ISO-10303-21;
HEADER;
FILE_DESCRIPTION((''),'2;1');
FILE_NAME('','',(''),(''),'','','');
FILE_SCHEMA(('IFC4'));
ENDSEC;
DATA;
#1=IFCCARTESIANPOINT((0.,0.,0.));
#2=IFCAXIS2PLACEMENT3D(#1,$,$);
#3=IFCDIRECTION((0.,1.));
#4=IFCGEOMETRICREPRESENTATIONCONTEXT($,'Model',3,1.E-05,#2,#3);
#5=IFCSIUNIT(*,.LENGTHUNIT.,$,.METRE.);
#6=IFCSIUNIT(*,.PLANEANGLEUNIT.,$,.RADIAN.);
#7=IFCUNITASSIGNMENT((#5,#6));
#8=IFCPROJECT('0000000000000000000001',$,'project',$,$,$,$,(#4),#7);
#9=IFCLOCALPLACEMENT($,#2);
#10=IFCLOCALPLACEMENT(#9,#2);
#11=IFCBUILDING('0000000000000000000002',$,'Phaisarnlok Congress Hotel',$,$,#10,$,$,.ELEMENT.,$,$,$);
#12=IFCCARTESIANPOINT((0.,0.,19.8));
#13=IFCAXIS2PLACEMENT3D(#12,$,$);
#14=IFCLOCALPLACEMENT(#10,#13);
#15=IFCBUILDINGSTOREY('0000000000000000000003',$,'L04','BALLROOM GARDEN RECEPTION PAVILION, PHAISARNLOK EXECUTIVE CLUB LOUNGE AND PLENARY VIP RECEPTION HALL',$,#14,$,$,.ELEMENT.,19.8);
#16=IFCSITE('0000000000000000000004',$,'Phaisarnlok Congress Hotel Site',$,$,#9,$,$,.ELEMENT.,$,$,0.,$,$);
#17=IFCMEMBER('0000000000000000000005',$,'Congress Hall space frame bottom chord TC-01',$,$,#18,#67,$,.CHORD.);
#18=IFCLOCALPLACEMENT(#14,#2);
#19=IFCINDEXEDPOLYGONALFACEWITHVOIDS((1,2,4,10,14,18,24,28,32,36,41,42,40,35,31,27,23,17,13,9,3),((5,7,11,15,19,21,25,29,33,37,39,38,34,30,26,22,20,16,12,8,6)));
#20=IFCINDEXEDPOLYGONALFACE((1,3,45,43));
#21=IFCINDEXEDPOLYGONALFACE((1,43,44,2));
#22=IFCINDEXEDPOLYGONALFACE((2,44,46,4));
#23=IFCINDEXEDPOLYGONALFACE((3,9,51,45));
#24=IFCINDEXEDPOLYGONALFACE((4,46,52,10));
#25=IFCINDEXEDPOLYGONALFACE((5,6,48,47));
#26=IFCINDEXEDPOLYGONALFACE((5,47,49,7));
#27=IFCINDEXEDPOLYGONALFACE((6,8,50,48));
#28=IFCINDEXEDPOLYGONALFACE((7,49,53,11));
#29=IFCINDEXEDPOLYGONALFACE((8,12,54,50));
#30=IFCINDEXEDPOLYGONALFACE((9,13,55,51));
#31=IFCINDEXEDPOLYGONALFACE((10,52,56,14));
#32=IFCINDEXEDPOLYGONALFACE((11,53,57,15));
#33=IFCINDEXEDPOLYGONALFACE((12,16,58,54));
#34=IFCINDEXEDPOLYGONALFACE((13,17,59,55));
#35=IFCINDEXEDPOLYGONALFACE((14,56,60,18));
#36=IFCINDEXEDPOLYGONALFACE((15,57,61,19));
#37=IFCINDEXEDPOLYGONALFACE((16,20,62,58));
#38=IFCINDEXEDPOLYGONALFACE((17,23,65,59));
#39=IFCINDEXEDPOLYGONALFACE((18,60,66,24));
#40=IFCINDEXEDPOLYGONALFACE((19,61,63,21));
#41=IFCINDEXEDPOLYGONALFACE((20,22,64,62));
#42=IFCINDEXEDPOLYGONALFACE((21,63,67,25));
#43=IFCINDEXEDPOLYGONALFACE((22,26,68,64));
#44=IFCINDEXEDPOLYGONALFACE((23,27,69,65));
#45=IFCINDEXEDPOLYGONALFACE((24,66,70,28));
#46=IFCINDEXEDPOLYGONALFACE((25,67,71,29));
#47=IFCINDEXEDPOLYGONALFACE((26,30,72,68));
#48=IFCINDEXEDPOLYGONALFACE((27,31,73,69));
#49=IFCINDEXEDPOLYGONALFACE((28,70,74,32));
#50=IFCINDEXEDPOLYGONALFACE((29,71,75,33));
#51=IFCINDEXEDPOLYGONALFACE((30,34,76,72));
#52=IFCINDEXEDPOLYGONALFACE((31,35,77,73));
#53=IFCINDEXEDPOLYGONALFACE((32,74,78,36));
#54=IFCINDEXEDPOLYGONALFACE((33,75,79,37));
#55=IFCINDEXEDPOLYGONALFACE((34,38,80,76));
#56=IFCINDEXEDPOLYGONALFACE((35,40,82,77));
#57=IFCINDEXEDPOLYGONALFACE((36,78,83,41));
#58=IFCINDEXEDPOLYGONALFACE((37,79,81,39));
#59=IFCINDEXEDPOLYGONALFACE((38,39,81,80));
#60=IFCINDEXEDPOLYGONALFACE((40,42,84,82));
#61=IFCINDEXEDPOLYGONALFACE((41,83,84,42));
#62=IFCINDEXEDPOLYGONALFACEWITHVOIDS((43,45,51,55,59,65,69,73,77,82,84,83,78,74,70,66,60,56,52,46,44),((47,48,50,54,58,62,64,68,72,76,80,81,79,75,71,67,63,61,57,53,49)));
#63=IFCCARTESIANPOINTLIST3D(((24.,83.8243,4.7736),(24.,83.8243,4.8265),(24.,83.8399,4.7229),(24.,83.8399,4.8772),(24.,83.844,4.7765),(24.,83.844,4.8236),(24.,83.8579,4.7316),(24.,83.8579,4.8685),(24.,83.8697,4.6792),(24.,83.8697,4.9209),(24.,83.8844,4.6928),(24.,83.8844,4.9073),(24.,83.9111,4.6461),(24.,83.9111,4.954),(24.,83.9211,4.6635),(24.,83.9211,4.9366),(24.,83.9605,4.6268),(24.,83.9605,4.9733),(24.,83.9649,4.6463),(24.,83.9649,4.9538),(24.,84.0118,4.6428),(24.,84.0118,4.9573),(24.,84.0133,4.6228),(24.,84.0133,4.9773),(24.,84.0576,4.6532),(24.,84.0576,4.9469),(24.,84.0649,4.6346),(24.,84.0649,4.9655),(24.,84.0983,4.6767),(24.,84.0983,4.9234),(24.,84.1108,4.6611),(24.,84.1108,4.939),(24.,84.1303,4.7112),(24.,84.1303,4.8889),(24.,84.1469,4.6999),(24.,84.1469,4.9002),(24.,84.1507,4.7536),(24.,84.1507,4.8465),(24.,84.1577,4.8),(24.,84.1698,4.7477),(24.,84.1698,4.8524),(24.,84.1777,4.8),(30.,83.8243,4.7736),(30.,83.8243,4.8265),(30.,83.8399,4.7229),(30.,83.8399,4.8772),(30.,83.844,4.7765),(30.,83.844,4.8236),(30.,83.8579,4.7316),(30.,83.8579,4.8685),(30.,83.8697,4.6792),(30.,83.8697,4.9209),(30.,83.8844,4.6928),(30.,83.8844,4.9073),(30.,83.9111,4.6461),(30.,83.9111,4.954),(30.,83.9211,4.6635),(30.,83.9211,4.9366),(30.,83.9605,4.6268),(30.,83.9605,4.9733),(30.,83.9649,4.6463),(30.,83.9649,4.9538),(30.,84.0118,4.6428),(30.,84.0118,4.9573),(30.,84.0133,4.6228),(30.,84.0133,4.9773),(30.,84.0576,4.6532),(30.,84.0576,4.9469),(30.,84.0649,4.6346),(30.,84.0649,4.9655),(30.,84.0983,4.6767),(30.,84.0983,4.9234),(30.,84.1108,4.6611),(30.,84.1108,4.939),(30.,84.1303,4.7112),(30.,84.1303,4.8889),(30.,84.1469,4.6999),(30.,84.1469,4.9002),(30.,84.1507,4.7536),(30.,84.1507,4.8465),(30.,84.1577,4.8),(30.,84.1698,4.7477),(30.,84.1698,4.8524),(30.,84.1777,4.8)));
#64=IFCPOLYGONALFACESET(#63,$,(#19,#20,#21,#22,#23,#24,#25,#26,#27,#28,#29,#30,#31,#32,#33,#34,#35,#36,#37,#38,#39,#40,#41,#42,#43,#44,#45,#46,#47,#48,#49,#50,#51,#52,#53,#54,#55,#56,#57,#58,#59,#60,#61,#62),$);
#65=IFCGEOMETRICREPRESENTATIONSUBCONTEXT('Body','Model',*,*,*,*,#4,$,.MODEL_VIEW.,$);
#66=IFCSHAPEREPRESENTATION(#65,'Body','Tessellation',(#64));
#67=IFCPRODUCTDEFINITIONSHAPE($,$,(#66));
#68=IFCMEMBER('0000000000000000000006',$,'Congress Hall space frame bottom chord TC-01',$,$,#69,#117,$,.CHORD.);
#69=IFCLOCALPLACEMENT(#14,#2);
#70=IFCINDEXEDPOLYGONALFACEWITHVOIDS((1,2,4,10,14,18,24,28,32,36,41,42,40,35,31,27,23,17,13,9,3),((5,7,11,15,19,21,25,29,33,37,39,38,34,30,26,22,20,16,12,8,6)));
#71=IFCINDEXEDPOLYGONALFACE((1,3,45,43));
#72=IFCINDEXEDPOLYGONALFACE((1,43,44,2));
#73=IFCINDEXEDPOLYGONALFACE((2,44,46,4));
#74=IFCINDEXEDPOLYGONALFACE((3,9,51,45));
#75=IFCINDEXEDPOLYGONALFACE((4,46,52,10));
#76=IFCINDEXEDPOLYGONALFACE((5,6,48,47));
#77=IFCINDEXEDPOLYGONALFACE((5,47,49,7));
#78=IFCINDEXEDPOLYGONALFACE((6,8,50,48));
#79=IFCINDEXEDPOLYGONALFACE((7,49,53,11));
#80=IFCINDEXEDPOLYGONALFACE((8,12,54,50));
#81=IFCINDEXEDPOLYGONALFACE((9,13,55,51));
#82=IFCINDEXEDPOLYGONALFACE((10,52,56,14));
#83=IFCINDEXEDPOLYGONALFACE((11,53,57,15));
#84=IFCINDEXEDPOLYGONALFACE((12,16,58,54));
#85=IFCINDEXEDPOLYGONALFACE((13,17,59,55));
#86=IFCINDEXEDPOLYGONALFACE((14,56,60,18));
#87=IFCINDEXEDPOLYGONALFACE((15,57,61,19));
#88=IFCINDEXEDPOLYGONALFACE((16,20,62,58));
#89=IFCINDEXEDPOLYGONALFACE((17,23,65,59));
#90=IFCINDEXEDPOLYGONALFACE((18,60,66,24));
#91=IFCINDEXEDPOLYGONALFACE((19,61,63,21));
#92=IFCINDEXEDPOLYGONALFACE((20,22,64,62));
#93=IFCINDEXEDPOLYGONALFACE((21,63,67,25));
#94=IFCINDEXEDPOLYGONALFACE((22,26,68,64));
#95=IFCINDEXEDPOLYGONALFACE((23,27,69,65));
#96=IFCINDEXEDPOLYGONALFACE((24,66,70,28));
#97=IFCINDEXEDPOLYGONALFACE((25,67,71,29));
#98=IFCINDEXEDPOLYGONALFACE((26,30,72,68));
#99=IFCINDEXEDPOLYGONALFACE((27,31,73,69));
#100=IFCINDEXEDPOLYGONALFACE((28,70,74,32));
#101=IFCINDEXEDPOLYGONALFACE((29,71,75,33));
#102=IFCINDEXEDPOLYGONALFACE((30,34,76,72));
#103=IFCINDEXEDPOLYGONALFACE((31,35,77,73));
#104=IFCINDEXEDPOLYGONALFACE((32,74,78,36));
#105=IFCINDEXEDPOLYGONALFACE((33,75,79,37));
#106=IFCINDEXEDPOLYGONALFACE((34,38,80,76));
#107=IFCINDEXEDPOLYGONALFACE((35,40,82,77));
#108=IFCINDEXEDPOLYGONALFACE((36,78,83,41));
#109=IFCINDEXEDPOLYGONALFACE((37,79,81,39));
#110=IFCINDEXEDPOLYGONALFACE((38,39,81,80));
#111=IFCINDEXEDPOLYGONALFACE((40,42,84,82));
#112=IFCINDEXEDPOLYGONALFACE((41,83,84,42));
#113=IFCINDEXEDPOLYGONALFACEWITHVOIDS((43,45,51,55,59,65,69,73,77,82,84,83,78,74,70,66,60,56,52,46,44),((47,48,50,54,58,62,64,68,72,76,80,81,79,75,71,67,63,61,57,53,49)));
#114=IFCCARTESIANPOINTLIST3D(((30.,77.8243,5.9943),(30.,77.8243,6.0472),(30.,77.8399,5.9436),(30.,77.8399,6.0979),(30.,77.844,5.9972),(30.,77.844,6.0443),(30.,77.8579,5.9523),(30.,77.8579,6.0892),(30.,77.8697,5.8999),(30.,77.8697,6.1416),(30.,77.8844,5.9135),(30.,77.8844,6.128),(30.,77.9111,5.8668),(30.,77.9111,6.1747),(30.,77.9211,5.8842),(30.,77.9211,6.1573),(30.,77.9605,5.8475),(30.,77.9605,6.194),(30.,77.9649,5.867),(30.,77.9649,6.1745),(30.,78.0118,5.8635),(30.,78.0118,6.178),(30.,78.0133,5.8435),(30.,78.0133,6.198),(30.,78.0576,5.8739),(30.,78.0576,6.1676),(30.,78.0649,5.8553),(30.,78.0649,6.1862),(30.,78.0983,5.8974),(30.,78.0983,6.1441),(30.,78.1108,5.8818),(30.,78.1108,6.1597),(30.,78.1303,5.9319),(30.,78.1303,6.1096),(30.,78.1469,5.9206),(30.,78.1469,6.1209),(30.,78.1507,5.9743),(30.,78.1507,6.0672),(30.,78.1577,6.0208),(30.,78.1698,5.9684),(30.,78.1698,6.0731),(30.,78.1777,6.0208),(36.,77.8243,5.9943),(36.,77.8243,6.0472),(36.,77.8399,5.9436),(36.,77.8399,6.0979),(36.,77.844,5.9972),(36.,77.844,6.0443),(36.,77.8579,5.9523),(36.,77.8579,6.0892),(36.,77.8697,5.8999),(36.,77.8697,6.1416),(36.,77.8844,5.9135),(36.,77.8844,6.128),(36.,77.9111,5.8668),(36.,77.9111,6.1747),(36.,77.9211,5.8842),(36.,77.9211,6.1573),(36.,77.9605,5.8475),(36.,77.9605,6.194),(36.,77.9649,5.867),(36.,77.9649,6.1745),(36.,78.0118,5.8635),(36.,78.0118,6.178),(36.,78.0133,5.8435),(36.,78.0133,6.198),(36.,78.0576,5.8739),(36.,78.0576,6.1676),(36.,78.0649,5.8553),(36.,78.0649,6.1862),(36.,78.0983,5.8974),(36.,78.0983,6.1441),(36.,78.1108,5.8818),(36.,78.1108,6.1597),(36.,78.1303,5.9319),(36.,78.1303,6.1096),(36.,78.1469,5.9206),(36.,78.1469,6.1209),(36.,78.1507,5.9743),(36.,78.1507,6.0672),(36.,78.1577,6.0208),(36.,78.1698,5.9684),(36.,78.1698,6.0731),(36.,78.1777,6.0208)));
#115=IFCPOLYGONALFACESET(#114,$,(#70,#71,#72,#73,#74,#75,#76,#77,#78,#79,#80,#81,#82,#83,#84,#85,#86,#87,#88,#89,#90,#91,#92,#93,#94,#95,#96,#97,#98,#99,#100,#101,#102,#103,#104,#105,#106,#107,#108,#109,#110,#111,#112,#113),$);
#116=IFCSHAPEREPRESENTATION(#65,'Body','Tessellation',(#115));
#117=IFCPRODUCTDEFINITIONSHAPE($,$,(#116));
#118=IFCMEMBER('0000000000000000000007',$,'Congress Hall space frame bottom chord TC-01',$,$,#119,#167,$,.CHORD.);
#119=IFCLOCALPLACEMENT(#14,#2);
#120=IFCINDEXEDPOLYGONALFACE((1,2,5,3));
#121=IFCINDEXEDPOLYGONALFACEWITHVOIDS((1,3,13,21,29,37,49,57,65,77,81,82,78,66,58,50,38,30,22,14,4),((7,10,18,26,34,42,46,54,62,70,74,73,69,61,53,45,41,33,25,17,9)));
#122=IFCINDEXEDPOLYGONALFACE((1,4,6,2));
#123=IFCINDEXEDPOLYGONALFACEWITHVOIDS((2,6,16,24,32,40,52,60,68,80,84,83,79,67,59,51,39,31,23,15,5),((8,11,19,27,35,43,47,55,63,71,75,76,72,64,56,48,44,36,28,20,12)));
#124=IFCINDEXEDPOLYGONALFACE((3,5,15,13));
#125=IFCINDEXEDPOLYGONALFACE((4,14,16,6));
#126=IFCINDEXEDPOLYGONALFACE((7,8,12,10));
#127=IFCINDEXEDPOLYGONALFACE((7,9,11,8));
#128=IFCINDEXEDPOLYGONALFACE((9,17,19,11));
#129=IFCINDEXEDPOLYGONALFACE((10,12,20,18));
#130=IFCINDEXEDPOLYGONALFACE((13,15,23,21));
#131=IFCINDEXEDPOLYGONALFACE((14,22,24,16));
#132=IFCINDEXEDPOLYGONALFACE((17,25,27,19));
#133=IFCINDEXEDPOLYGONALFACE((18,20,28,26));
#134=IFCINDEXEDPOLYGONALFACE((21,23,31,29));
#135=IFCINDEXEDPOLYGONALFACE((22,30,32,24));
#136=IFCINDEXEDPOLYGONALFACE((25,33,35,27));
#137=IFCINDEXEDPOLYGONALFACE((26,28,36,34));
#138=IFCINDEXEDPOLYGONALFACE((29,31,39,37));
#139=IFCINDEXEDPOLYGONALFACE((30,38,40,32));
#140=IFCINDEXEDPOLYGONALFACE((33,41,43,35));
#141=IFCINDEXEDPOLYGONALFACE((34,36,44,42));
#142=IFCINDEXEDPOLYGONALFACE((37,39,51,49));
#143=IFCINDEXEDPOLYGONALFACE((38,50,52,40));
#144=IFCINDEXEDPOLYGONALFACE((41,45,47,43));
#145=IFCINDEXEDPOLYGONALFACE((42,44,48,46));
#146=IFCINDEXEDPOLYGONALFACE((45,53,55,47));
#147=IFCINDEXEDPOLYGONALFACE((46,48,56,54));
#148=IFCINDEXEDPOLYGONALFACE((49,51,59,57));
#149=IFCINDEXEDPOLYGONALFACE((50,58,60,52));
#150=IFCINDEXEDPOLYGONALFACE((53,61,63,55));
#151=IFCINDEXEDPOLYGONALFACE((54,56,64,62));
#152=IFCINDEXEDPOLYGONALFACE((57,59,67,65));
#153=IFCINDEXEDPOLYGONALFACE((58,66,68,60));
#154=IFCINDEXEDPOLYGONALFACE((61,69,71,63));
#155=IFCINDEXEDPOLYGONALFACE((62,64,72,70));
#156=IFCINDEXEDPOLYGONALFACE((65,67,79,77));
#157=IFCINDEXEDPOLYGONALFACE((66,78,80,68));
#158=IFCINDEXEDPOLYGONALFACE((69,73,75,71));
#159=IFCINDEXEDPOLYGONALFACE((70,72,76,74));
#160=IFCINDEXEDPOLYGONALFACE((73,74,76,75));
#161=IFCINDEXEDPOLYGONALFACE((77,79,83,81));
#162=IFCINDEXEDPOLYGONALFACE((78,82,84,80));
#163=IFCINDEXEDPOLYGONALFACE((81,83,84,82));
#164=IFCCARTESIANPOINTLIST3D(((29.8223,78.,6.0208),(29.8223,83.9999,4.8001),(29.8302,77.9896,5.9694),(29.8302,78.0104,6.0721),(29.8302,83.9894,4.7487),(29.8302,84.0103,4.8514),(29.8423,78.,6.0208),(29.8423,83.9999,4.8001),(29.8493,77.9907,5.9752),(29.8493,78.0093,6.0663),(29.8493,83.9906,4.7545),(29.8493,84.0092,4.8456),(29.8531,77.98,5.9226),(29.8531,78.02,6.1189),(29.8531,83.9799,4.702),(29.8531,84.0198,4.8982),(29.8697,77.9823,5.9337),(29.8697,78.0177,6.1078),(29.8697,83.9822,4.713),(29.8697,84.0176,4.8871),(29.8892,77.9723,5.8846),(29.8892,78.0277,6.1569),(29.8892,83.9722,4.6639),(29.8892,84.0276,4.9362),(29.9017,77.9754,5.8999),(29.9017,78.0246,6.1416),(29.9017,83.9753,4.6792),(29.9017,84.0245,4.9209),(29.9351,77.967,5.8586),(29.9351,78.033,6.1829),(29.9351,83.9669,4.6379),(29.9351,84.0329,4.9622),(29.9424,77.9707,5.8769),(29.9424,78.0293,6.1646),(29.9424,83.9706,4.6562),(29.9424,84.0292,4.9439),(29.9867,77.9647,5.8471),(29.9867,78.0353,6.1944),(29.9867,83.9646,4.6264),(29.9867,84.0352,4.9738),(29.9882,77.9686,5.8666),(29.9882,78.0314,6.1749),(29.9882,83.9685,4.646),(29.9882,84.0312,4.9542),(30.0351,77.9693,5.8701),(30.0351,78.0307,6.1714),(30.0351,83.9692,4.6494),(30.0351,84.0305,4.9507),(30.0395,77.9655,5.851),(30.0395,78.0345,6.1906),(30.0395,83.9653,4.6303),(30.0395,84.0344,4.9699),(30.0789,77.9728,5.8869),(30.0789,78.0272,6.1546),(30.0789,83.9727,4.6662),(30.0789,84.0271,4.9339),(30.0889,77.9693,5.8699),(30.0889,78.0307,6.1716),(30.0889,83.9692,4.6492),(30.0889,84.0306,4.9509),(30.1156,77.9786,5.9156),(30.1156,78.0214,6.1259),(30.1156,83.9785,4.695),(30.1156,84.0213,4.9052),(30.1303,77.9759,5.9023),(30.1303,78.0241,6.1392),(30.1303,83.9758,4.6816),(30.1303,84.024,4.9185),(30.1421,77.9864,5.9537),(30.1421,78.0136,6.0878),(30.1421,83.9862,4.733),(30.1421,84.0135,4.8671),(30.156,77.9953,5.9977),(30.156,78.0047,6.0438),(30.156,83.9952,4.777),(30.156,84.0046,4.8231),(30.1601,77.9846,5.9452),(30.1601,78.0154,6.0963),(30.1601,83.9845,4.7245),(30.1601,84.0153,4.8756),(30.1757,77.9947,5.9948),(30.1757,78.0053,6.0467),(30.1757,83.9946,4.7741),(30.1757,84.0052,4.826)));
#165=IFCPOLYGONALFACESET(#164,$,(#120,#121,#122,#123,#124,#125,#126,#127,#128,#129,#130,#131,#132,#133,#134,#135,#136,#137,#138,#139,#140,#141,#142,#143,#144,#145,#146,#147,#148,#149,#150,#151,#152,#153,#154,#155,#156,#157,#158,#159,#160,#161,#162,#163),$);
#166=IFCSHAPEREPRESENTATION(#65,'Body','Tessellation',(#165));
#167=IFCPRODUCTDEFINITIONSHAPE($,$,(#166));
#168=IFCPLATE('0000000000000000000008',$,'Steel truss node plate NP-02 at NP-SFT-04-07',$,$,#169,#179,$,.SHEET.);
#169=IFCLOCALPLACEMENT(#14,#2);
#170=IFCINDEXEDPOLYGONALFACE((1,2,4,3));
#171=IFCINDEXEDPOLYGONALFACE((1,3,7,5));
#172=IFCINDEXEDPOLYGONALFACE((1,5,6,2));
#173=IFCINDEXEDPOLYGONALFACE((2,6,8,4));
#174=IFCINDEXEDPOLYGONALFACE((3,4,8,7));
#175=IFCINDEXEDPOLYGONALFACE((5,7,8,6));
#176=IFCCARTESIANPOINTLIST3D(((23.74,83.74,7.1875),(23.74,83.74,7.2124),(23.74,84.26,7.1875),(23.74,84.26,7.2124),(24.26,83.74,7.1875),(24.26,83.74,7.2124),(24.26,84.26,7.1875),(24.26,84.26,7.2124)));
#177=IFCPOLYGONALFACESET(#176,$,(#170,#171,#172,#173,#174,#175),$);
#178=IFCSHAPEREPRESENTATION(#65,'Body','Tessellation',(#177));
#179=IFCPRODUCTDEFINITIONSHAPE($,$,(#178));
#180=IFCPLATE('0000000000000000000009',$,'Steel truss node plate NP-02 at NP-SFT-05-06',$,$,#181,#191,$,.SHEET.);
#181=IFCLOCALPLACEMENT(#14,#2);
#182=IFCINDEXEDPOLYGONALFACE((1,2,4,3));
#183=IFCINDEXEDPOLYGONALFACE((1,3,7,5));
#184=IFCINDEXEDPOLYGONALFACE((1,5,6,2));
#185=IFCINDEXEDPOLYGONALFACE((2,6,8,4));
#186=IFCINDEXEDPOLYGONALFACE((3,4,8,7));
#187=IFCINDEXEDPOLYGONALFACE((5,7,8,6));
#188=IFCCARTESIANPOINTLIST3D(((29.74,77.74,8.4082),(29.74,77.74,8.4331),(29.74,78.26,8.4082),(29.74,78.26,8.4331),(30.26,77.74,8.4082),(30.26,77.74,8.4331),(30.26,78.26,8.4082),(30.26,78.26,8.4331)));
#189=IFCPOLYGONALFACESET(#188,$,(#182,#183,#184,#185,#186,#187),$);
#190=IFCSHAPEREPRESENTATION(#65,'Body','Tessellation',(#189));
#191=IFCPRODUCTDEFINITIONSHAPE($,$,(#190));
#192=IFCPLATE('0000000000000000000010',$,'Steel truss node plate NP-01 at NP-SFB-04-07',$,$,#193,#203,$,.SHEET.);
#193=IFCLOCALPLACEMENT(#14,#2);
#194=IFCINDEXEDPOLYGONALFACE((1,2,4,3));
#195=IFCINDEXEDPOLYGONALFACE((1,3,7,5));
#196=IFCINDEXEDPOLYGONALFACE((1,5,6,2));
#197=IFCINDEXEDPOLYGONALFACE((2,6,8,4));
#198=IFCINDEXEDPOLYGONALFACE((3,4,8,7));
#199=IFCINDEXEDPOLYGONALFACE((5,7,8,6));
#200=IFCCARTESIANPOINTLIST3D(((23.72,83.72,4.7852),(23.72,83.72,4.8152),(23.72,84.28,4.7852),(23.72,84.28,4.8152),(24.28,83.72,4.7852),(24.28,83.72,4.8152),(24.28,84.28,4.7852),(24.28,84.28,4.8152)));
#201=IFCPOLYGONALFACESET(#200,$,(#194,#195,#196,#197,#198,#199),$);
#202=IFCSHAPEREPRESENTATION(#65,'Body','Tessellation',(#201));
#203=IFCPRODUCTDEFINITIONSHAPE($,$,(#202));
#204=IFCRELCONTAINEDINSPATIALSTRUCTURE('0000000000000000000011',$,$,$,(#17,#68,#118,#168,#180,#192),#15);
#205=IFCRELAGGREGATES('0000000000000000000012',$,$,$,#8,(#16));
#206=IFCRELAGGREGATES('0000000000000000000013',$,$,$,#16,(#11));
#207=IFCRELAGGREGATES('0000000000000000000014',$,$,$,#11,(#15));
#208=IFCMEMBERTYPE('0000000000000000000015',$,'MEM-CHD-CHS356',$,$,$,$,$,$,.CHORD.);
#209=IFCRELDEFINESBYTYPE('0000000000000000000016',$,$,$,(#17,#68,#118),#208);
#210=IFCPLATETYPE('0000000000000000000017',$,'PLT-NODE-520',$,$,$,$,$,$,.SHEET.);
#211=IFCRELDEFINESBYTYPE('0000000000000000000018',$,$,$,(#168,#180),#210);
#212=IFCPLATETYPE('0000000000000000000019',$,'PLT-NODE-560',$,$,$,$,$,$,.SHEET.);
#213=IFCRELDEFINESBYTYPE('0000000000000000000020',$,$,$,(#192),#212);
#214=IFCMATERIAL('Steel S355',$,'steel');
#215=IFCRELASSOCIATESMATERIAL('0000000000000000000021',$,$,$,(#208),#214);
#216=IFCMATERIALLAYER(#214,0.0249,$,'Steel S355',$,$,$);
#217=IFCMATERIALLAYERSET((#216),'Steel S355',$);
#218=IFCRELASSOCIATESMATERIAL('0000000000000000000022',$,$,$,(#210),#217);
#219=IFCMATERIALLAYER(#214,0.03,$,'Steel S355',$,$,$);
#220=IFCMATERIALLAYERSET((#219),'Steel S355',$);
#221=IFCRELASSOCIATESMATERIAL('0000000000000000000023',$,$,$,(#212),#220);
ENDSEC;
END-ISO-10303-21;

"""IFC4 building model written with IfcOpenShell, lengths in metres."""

from ifc_helpers import new_model, si_unit, direction, frame, origin, origin_2d, place, context, subcontext, project, spatial, rectangle, hollow_circle, extrude, material, layer, layer_set, material_profile, profile_set, type_object, element, save


model = new_model("IFC4")

# Units and contexts
model_context = context("Model", 3, precision=1e-05, world=origin(), true_north=direction((0.0, 1.0)))
body_context = subcontext(model_context, "Body", "Model", "MODEL_VIEW")
ifc_project = project(units=[si_unit("LENGTHUNIT", "METRE"), si_unit("PLANEANGLEUNIT", "RADIAN")], contexts=[model_context])

# Site, building, storey
site_placement = place(None, origin())
site = spatial("IfcSite", under=ifc_project, at=site_placement, Name="Phaisarnlok Congress Hotel Site", CompositionType="ELEMENT", RefElevation=0.0)
building_placement = place(site_placement, origin())
building = spatial("IfcBuilding", under=site, at=building_placement, Name="Phaisarnlok Congress Hotel", CompositionType="ELEMENT")
storey_placement = place(building_placement, frame((0.0, 0.0, 19.8)))
storey = spatial("IfcBuildingStorey", under=building, at=storey_placement, Name="L04", Description="BALLROOM GARDEN RECEPTION PAVILION, PHAISARNLOK EXECUTIVE CLUB LOUNGE AND PLENARY VIP RECEPTION HALL", CompositionType="ELEMENT", Elevation=19.8)

# Members
ifc_material_1 = material(Name="Steel S355", Category="steel")
ifc_material_profile_1 = material_profile(ifc_material_1, hollow_circle(Radius=0.1777, WallThickness=0.02, at=origin_2d()), Name="CHS 355.6x20")
ifc_profile_set_1 = profile_set([ifc_material_profile_1], Name="Steel S355")
member_type_1 = type_object("IfcMemberType", Name="MEM-CHD-CHS356", PredefinedType="CHORD", material=ifc_profile_set_1)
for number, where, z_axis, x_axis, name in (
    (1, (24.0, 84.0, 4.8), (1.0, 0.0, 0.0), (0.0, 1.0, 0.0), "Congress Hall space frame bottom chord TC-01"),
    (2, (30.0, 78.0, 6.0208), (1.0, 0.0, 0.0), (0.0, 1.0, 0.0), "Congress Hall space frame bottom chord TC-01"),
):
    element("IfcMember", number, at=place(storey_placement, frame(where, z_axis=z_axis, x_axis=x_axis)), inside=storey, type_object=member_type_1, Name=name, PredefinedType="CHORD", context=body_context, shape_type="SweptSolid", body=[
        extrude(hollow_circle(Radius=0.1777, WallThickness=0.02, at=origin_2d()), origin(), (0.0, 0.0, 1.0), 6.0),
    ])
member_1_placement = place(storey_placement, frame((30.0, 78.0, 6.0208), z_axis=(0.0, 0.979925, -0.199366), x_axis=(-1.0, 0.0, 0.0)))
element("IfcMember", 3, at=member_1_placement, inside=storey, type_object=member_type_1, Name="Congress Hall space frame bottom chord TC-01", PredefinedType="CHORD", context=body_context, shape_type="SweptSolid", body=[
    extrude(hollow_circle(Radius=0.1777, WallThickness=0.02, at=origin_2d()), origin(), (0.0, 0.0, 1.0), 6.1228),
])

# Plates
ifc_layer_1 = layer(ifc_material_1, 0.0249, Name="Steel S355")
ifc_layer_set_1 = layer_set([ifc_layer_1], Name="Steel S355")
plate_type_1 = type_object("IfcPlateType", Name="PLT-NODE-520", PredefinedType="SHEET", material=ifc_layer_set_1)
for number, where, z_axis, x_axis, name in (
    (4, (24.0, 84.0, 7.1875), (0.0, 0.0, 1.0), (1.0, 0.0, 0.0), "Steel truss node plate NP-02 at NP-SFT-04-07"),
    (5, (30.0, 78.0, 8.4082), (0.0, 0.0, 1.0), (1.0, 0.0, 0.0), "Steel truss node plate NP-02 at NP-SFT-05-06"),
):
    element("IfcPlate", number, at=place(storey_placement, frame(where, z_axis=z_axis, x_axis=x_axis)), inside=storey, type_object=plate_type_1, Name=name, PredefinedType="SHEET", context=body_context, shape_type="SweptSolid", body=[
        extrude(rectangle(XDim=0.52, YDim=0.52, at=origin_2d()), origin(), (0.0, 0.0, 1.0), 0.0249),
    ])
ifc_layer_2 = layer(ifc_material_1, 0.03, Name="Steel S355")
ifc_layer_set_2 = layer_set([ifc_layer_2], Name="Steel S355")
plate_type_2 = type_object("IfcPlateType", Name="PLT-NODE-560", PredefinedType="SHEET", material=ifc_layer_set_2)
for number, where, z_axis, x_axis, name in (
    (6, (24.0, 84.0, 4.7852), (0.0, 0.0, 1.0), (1.0, 0.0, 0.0), "Steel truss node plate NP-01 at NP-SFB-04-07"),
):
    element("IfcPlate", number, at=place(storey_placement, frame(where, z_axis=z_axis, x_axis=x_axis)), inside=storey, type_object=plate_type_2, Name=name, PredefinedType="SHEET", context=body_context, shape_type="SweptSolid", body=[
        extrude(rectangle(XDim=0.5601, YDim=0.5601, at=origin_2d()), origin(), (0.0, 0.0, 1.0), 0.03),
    ])

save(model, "model.ifc")
